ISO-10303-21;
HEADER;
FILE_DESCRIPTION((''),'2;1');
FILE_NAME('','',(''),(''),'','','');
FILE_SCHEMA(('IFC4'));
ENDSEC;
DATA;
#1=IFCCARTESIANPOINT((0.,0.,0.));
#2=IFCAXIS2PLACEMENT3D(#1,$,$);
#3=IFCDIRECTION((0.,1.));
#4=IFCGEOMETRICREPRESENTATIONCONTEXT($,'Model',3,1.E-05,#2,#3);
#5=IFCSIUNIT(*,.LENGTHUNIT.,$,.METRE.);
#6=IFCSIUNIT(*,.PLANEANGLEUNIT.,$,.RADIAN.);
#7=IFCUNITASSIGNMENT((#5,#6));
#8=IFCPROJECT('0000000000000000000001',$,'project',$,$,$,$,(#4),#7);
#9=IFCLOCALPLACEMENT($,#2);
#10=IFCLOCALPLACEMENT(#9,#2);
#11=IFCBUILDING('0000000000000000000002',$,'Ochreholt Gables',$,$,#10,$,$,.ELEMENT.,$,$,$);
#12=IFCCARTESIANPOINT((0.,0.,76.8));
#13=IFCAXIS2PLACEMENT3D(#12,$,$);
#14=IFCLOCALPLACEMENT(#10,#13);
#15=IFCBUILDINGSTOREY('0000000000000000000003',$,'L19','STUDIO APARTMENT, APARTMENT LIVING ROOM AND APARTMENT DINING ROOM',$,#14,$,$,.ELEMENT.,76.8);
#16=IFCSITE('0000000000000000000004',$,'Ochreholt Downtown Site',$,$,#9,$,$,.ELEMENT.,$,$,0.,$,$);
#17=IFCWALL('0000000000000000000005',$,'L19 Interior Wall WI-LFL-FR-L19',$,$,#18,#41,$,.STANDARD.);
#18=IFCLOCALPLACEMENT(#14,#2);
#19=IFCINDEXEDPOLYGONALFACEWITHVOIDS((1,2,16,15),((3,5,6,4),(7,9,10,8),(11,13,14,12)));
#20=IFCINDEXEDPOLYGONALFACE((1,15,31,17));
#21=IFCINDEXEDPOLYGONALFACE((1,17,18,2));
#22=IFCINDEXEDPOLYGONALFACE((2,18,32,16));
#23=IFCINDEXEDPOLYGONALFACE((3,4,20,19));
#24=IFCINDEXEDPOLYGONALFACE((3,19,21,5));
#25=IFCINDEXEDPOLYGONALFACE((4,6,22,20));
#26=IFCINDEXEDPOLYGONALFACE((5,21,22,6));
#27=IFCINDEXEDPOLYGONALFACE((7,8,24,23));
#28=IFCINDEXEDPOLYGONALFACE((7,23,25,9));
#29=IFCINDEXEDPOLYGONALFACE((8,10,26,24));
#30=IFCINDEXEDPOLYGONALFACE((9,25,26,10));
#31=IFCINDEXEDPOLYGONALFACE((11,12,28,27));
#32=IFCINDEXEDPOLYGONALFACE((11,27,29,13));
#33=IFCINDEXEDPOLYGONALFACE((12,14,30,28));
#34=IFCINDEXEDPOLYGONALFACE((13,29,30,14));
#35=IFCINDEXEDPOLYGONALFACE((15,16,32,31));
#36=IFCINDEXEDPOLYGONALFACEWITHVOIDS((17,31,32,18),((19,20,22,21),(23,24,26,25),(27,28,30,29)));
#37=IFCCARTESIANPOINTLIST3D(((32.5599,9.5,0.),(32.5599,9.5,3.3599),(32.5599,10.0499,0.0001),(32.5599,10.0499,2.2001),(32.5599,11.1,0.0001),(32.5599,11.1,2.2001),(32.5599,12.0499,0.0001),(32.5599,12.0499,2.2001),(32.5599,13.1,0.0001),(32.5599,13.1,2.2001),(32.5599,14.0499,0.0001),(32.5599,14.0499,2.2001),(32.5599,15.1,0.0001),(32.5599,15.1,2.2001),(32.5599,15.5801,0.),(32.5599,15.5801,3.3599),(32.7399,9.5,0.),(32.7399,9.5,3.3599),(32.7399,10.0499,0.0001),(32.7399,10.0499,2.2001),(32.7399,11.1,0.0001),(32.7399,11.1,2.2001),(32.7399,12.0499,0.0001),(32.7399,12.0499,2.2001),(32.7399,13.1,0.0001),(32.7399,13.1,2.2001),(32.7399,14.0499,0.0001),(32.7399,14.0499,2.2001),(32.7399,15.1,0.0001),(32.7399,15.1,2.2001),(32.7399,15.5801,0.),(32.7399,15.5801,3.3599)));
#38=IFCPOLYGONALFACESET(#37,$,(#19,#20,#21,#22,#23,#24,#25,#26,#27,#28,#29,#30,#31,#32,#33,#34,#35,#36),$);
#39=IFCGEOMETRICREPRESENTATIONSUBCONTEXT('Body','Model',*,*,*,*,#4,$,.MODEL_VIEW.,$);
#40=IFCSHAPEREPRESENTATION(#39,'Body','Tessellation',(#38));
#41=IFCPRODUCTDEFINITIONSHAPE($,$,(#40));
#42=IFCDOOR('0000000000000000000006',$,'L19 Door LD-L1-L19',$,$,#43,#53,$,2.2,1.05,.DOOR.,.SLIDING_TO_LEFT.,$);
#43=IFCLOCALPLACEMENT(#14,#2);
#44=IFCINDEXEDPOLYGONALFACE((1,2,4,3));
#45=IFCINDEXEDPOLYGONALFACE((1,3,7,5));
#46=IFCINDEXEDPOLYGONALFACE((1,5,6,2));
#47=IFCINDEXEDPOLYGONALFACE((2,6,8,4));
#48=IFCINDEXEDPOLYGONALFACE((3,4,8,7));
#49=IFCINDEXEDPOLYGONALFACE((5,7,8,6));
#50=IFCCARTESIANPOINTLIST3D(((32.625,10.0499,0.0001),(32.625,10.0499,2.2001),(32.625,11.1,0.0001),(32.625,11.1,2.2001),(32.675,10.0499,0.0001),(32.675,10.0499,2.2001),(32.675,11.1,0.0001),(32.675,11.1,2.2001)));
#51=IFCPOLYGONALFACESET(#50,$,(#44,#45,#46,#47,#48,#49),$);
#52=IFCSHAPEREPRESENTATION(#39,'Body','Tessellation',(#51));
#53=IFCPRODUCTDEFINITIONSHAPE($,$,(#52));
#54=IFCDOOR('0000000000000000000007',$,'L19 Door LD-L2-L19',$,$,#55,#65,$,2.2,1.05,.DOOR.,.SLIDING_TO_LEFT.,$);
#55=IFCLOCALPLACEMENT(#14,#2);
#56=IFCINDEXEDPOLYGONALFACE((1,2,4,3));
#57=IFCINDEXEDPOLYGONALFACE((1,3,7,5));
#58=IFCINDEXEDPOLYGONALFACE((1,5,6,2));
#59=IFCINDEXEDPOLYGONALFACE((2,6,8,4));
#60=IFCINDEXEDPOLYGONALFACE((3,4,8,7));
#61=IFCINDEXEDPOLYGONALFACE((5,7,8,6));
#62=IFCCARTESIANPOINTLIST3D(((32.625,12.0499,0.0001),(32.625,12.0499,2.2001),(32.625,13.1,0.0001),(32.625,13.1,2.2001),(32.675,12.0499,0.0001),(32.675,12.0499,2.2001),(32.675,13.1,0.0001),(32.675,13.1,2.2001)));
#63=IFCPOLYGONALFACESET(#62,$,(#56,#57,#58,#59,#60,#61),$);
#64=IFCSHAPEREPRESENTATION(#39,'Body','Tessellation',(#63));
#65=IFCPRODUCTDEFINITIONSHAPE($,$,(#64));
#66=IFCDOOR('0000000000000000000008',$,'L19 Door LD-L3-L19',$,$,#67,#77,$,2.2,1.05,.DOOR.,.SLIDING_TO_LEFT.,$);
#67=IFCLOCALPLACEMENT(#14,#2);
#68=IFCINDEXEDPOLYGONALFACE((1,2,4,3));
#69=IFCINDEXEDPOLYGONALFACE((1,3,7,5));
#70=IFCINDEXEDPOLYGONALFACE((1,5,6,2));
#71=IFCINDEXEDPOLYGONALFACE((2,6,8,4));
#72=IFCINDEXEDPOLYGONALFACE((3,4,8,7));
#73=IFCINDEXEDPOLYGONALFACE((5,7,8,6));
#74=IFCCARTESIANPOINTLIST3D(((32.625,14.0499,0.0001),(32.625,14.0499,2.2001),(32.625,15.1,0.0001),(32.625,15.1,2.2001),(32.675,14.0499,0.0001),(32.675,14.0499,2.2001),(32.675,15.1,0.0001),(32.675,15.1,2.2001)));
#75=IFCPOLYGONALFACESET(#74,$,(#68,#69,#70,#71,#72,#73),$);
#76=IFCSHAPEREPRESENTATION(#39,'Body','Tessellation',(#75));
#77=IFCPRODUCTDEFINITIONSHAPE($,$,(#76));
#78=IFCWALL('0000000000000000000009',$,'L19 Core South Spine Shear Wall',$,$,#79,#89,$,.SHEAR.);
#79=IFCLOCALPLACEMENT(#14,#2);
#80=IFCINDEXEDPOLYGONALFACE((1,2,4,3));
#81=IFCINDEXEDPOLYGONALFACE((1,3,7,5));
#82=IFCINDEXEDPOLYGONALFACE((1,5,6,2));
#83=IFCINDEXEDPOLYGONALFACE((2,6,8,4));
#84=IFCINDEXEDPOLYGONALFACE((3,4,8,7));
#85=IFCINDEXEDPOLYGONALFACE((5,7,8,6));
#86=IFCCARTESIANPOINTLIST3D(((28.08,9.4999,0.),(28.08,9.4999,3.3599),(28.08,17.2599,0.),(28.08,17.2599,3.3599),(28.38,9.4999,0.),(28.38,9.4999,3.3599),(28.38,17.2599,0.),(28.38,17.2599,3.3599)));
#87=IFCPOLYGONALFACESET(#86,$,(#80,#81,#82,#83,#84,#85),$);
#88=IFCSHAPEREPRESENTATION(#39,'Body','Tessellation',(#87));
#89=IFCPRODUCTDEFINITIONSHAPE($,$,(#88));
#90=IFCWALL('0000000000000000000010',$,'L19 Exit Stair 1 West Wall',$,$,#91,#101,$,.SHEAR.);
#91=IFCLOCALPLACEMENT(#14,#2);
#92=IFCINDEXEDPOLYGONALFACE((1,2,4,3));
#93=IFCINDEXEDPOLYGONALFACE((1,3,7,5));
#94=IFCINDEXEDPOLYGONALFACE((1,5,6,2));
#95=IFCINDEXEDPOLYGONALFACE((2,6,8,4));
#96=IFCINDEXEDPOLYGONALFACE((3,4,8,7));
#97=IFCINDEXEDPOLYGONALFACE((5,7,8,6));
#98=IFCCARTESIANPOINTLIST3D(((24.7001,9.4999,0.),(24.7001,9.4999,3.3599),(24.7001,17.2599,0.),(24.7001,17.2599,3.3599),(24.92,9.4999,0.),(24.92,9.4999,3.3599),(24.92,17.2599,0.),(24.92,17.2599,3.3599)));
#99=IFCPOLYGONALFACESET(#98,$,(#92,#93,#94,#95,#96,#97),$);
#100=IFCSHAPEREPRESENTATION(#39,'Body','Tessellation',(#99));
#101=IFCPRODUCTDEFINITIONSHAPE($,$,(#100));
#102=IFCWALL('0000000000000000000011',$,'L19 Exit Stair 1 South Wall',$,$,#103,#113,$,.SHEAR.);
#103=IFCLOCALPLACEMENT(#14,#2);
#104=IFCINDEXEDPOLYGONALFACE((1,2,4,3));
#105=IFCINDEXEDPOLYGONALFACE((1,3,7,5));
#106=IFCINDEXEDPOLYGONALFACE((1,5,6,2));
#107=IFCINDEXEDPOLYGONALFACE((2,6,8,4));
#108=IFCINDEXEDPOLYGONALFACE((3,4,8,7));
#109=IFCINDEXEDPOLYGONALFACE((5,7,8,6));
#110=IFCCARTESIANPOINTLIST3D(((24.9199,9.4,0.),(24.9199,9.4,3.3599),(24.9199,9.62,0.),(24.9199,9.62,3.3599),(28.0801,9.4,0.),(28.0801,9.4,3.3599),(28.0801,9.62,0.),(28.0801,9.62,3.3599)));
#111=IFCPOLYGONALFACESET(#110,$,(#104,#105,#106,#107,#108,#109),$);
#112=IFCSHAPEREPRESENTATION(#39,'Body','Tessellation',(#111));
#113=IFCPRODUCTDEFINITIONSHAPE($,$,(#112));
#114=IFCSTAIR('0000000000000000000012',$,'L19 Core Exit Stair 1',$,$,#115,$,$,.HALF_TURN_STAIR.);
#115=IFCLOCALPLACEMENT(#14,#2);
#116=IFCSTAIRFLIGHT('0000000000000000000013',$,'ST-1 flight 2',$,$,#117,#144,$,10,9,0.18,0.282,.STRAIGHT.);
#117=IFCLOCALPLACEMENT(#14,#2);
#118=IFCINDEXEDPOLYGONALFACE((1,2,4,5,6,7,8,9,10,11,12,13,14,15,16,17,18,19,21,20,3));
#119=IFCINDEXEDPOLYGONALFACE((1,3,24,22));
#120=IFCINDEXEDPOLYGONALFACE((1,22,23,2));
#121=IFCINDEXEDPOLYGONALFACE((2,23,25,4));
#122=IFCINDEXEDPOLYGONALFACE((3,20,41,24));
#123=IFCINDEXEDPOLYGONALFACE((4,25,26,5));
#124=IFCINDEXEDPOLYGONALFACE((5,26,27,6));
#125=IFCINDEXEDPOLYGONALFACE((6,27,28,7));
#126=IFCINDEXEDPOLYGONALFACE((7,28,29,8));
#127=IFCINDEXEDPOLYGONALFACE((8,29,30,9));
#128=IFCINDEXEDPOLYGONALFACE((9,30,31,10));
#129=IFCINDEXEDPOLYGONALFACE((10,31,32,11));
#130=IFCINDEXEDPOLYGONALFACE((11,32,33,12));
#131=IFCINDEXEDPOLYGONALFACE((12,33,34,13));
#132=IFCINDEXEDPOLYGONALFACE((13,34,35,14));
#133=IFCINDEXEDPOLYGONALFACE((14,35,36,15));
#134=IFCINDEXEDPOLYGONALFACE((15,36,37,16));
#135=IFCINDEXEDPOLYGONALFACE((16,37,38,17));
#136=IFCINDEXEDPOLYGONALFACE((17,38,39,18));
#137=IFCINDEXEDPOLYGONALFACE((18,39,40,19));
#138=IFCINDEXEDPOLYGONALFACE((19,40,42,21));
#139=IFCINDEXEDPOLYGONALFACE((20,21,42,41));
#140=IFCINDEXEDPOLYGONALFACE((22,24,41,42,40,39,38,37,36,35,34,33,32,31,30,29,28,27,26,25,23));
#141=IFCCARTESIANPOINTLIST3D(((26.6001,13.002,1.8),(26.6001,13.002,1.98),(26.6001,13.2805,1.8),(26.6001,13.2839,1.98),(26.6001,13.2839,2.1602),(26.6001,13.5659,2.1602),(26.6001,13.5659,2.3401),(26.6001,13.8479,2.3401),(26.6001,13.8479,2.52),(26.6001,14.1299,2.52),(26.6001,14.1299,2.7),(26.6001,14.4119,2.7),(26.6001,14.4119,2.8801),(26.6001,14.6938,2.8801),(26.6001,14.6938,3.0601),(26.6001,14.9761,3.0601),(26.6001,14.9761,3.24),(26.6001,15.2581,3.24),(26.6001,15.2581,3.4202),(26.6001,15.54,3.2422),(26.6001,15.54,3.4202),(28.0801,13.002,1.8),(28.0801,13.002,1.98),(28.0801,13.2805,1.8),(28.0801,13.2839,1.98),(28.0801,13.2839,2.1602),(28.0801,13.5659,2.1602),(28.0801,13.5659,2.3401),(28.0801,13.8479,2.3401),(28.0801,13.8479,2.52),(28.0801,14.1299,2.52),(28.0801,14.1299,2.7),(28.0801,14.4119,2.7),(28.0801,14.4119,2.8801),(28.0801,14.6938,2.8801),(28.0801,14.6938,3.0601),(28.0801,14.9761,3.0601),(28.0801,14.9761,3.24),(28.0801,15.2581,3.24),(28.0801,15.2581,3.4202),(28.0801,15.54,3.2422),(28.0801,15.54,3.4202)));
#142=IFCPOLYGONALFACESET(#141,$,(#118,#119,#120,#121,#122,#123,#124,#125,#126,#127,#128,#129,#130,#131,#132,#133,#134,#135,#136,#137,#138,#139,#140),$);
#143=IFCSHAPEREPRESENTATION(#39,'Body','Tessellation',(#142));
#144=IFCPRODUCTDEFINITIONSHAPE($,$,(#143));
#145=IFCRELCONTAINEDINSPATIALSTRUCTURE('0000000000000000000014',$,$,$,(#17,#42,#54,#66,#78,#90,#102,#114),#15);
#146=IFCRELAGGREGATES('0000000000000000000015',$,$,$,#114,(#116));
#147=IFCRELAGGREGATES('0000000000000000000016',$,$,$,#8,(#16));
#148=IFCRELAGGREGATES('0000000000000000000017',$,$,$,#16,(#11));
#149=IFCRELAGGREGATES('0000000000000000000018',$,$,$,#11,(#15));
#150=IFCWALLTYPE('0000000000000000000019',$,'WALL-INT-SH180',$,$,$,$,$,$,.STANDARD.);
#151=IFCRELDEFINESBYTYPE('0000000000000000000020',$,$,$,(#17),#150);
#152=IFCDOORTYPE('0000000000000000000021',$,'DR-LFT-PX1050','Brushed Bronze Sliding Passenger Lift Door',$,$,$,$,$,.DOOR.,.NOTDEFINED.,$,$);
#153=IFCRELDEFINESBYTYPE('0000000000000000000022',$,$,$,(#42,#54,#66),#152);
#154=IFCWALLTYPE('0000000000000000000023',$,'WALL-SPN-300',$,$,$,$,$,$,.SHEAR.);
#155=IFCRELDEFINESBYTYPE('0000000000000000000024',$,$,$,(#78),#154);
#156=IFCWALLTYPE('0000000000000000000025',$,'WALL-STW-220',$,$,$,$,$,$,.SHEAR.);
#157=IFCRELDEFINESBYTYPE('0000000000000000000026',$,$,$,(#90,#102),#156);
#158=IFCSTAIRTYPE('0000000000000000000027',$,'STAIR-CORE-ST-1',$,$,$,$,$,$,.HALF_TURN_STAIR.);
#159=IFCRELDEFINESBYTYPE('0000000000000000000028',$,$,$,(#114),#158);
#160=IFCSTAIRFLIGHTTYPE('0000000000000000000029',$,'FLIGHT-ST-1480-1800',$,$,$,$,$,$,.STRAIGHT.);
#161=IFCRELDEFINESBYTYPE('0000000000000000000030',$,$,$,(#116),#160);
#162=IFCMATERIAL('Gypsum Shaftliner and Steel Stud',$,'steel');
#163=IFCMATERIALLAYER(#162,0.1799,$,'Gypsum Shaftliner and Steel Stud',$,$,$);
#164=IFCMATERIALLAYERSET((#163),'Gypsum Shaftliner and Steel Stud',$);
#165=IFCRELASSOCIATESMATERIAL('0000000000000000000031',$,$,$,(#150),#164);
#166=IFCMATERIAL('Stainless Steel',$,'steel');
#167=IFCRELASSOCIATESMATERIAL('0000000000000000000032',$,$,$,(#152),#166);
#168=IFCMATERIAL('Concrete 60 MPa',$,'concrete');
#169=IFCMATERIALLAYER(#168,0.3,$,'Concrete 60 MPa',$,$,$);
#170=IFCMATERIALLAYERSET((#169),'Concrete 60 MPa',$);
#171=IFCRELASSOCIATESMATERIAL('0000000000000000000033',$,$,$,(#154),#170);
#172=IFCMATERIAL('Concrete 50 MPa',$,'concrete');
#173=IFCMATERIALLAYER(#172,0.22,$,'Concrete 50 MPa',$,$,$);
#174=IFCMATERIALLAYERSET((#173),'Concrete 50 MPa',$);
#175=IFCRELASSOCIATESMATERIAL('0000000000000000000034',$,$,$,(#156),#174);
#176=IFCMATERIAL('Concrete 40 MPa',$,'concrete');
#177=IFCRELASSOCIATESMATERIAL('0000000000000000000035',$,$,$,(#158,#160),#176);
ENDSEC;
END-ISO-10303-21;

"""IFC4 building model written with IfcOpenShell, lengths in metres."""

from ifc_helpers import new_model, si_unit, direction, frame, frame_2d, origin, place, context, subcontext, project, spatial, polyline, rectangle, outline, extrude, material, layer, layer_set, type_object, element, fill, aggregate, save


model = new_model("IFC4")

# Units and contexts
model_context = context("Model", 3, precision=1e-05, world=origin(), true_north=direction((0.0, 1.0)))
body_context = subcontext(model_context, "Body", "Model", "MODEL_VIEW")
ifc_project = project(units=[si_unit("LENGTHUNIT", "METRE"), si_unit("PLANEANGLEUNIT", "RADIAN")], contexts=[model_context])

# Site, building, storey
site_placement = place(None, origin())
site = spatial("IfcSite", under=ifc_project, at=site_placement, Name="Ochreholt Downtown Site", CompositionType="ELEMENT", RefElevation=0.0)
building_placement = place(site_placement, origin())
building = spatial("IfcBuilding", under=site, at=building_placement, Name="Ochreholt Gables", CompositionType="ELEMENT")
storey_placement = place(building_placement, frame((0.0, 0.0, 76.8)))
storey = spatial("IfcBuildingStorey", under=building, at=storey_placement, Name="L19", Description="STUDIO APARTMENT, APARTMENT LIVING ROOM AND APARTMENT DINING ROOM", CompositionType="ELEMENT", Elevation=76.8)

# Shared definitions
ifc_material_1 = material(Name="Concrete 60 MPa", Category="concrete")

# Shared definitions
ifc_material_2 = material(Name="Gypsum Shaftliner and Steel Stud", Category="steel")

# Wall, openings, doors
ifc_layer_1 = layer(ifc_material_2, 0.1799, Name="Gypsum Shaftliner and Steel Stud")
ifc_layer_set_1 = layer_set([ifc_layer_1], Name="Gypsum Shaftliner and Steel Stud")
wall_type_1 = type_object("IfcWallType", Name="WALL-INT-SH180", PredefinedType="STANDARD", material=ifc_layer_set_1)
wall_1_placement = place(storey_placement, frame((32.6499, 9.5, 0.0), z_axis=(0.0, 0.0, 1.0), x_axis=(0.0, 1.0, 0.0)))
wall_1 = element("IfcWall", 1, at=wall_1_placement, inside=storey, type_object=wall_type_1, Name="L19 Interior Wall WI-LFL-FR-L19", PredefinedType="STANDARD", context=body_context, shape_type="SweptSolid", body=[
    extrude(rectangle(XDim=6.0801, YDim=0.1799, at=frame_2d((3.04, 0.0))), origin(), (0.0, 0.0, 1.0), 3.3599),
])
opening_1_placement = place(wall_1_placement, frame((0.55, 0.0, 0.0)))
opening_1 = element("IfcOpeningElement", 2, at=opening_1_placement, cuts=wall_1, PredefinedType="OPENING", context=body_context, shape_type="SweptSolid", body=[
    extrude(rectangle(XDim=1.05, YDim=2.2, at=frame_2d((0.5249, 1.1001))), frame((0.0, 0.0999, 0.0), z_axis=(0.0, -1.0, 0.0), x_axis=(1.0, 0.0, 0.0)), (0.0, 0.0, 1.0), 0.2),
])
opening_2_placement = place(wall_1_placement, frame((2.55, 0.0, 0.0)))
opening_2 = element("IfcOpeningElement", 3, at=opening_2_placement, cuts=wall_1, PredefinedType="OPENING", context=body_context, shape_type="SweptSolid", body=[
    extrude(rectangle(XDim=1.05, YDim=2.2, at=frame_2d((0.5249, 1.1001))), frame((0.0, 0.0999, 0.0), z_axis=(0.0, -1.0, 0.0), x_axis=(1.0, 0.0, 0.0)), (0.0, 0.0, 1.0), 0.2),
])
opening_3_placement = place(wall_1_placement, frame((4.55, 0.0, 0.0)))
opening_3 = element("IfcOpeningElement", 4, at=opening_3_placement, cuts=wall_1, PredefinedType="OPENING", context=body_context, shape_type="SweptSolid", body=[
    extrude(rectangle(XDim=1.05, YDim=2.2, at=frame_2d((0.5249, 1.1001))), frame((0.0, 0.0999, 0.0), z_axis=(0.0, -1.0, 0.0), x_axis=(1.0, 0.0, 0.0)), (0.0, 0.0, 1.0), 0.2),
])
ifc_material_3 = material(Name="Stainless Steel", Category="steel")
door_type = type_object("IfcDoorType", Name="DR-LFT-PX1050", Description="Brushed Bronze Sliding Passenger Lift Door", OperationType="NOTDEFINED", PredefinedType="DOOR", material=ifc_material_3)
door_1_placement = place(opening_1_placement, origin())
door_1 = element("IfcDoor", 5, at=door_1_placement, inside=storey, type_object=door_type, Name="L19 Door LD-L1-L19", OperationType="SLIDING_TO_LEFT", OverallHeight=2.2, OverallWidth=1.05, PredefinedType="DOOR", context=body_context, shape_type="SweptSolid", body=[
    extrude(rectangle(XDim=1.05, YDim=2.2, at=frame_2d((0.5249, 1.1001))), frame((0.0, 0.0249, 0.0), z_axis=(0.0, -1.0, 0.0), x_axis=(1.0, 0.0, 0.0)), (0.0, 0.0, 1.0), 0.05),
])
fill(opening_1, door_1)
door_2_placement = place(opening_2_placement, origin())
door_2 = element("IfcDoor", 6, at=door_2_placement, inside=storey, type_object=door_type, Name="L19 Door LD-L2-L19", OperationType="SLIDING_TO_LEFT", OverallHeight=2.2, OverallWidth=1.05, PredefinedType="DOOR", context=body_context, shape_type="SweptSolid", body=[
    extrude(rectangle(XDim=1.05, YDim=2.2, at=frame_2d((0.5249, 1.1001))), frame((0.0, 0.0249, 0.0), z_axis=(0.0, -1.0, 0.0), x_axis=(1.0, 0.0, 0.0)), (0.0, 0.0, 1.0), 0.05),
])
fill(opening_2, door_2)
door_3_placement = place(opening_3_placement, origin())
door_3 = element("IfcDoor", 7, at=door_3_placement, inside=storey, type_object=door_type, Name="L19 Door LD-L3-L19", OperationType="SLIDING_TO_LEFT", OverallHeight=2.2, OverallWidth=1.05, PredefinedType="DOOR", context=body_context, shape_type="SweptSolid", body=[
    extrude(rectangle(XDim=1.05, YDim=2.2, at=frame_2d((0.5249, 1.1001))), frame((0.0, 0.0249, 0.0), z_axis=(0.0, -1.0, 0.0), x_axis=(1.0, 0.0, 0.0)), (0.0, 0.0, 1.0), 0.05),
])
fill(opening_3, door_3)

# Walls
ifc_layer_2 = layer(ifc_material_1, 0.3, Name="Concrete 60 MPa")
ifc_layer_set_2 = layer_set([ifc_layer_2], Name="Concrete 60 MPa")
wall_type_2 = type_object("IfcWallType", Name="WALL-SPN-300", PredefinedType="SHEAR", material=ifc_layer_set_2)
wall_2_placement = place(storey_placement, frame((28.23, 9.5, 0.0), z_axis=(0.0, 0.0, 1.0), x_axis=(0.0, 1.0, 0.0)))
element("IfcWall", 8, at=wall_2_placement, inside=storey, type_object=wall_type_2, Name="L19 Core South Spine Shear Wall", PredefinedType="SHEAR", context=body_context, shape_type="SweptSolid", body=[
    extrude(rectangle(XDim=7.76, YDim=0.3, at=frame_2d((3.8799, 0.0))), origin(), (0.0, 0.0, 1.0), 3.3599),
])
ifc_material_4 = material(Name="Concrete 50 MPa", Category="concrete")
ifc_layer_3 = layer(ifc_material_4, 0.22, Name="Concrete 50 MPa")
ifc_layer_set_3 = layer_set([ifc_layer_3], Name="Concrete 50 MPa")
wall_type_3 = type_object("IfcWallType", Name="WALL-STW-220", PredefinedType="SHEAR", material=ifc_layer_set_3)
wall_3_placement = place(storey_placement, frame((24.8101, 9.5, 0.0), z_axis=(0.0, 0.0, 1.0), x_axis=(0.0, 1.0, 0.0)))
element("IfcWall", 9, at=wall_3_placement, inside=storey, type_object=wall_type_3, Name="L19 Exit Stair 1 West Wall", PredefinedType="SHEAR", context=body_context, shape_type="SweptSolid", body=[
    extrude(rectangle(XDim=7.76, YDim=0.22, at=frame_2d((3.8799, 0.0))), origin(), (0.0, 0.0, 1.0), 3.3599),
])
wall_4_placement = place(storey_placement, frame((24.9199, 9.51, 0.0), z_axis=(0.0, 0.0, 1.0), x_axis=(1.0, 0.0, 0.0)))
element("IfcWall", 10, at=wall_4_placement, inside=storey, type_object=wall_type_3, Name="L19 Exit Stair 1 South Wall", PredefinedType="SHEAR", context=body_context, shape_type="SweptSolid", body=[
    extrude(rectangle(XDim=3.1602, YDim=0.22, at=frame_2d((1.5801, 0.0))), origin(), (0.0, 0.0, 1.0), 3.3599),
])

# Stair, stair flight
ifc_material_5 = material(Name="Concrete 40 MPa", Category="concrete")
stair_type = type_object("IfcStairType", Name="STAIR-CORE-ST-1", PredefinedType="HALF_TURN_STAIR", material=ifc_material_5)
stair_placement = place(storey_placement, origin())
stair = element("IfcStair", 11, at=stair_placement, inside=storey, type_object=stair_type, Name="L19 Core Exit Stair 1", PredefinedType="HALF_TURN_STAIR")
stair_flight_type = type_object("IfcStairFlightType", Name="FLIGHT-ST-1480-1800", PredefinedType="STRAIGHT", material=ifc_material_5)
stair_flight_placement = place(storey_placement, frame((27.3401, 13.002, 1.8), z_axis=(0.0, 0.0, 1.0), x_axis=(0.0, 1.0, 0.0)))
stair_flight = element("IfcStairFlight", 12, at=stair_flight_placement, type_object=stair_flight_type, Name="ST-1 flight 2", NumberOfRisers=10, NumberOfTreads=9, PredefinedType="STRAIGHT", RiserHeight=0.18, TreadLength=0.282, context=body_context, shape_type="SweptSolid", body=[
    extrude(outline(polyline([(0.0, 0.0), (0.0, 0.1799), (0.282, 0.1799), (0.282, 0.3601), (0.564, 0.3601), (0.564, 0.54), (0.8459, 0.54), (0.8459, 0.72), (1.1279, 0.72), (1.1279, 0.8999), (1.4099, 0.8999), (1.4099, 1.0801), (1.6919, 1.0801), (1.6919, 1.26), (1.9741, 1.26), (1.9741, 1.4399), (2.2561, 1.4399), (2.2561, 1.6201), (2.5381, 1.6201), (2.5381, 1.8), (2.5381, 1.4421), (0.2786, 0.0), (0.0, 0.0)])), frame((0.0, 0.74, 0.0), z_axis=(0.0, -1.0, 0.0), x_axis=(1.0, 0.0, 0.0)), (0.0, 0.0, 1.0), 1.48),
])
aggregate(stair, [stair_flight])

save(model, "model.ifc")
